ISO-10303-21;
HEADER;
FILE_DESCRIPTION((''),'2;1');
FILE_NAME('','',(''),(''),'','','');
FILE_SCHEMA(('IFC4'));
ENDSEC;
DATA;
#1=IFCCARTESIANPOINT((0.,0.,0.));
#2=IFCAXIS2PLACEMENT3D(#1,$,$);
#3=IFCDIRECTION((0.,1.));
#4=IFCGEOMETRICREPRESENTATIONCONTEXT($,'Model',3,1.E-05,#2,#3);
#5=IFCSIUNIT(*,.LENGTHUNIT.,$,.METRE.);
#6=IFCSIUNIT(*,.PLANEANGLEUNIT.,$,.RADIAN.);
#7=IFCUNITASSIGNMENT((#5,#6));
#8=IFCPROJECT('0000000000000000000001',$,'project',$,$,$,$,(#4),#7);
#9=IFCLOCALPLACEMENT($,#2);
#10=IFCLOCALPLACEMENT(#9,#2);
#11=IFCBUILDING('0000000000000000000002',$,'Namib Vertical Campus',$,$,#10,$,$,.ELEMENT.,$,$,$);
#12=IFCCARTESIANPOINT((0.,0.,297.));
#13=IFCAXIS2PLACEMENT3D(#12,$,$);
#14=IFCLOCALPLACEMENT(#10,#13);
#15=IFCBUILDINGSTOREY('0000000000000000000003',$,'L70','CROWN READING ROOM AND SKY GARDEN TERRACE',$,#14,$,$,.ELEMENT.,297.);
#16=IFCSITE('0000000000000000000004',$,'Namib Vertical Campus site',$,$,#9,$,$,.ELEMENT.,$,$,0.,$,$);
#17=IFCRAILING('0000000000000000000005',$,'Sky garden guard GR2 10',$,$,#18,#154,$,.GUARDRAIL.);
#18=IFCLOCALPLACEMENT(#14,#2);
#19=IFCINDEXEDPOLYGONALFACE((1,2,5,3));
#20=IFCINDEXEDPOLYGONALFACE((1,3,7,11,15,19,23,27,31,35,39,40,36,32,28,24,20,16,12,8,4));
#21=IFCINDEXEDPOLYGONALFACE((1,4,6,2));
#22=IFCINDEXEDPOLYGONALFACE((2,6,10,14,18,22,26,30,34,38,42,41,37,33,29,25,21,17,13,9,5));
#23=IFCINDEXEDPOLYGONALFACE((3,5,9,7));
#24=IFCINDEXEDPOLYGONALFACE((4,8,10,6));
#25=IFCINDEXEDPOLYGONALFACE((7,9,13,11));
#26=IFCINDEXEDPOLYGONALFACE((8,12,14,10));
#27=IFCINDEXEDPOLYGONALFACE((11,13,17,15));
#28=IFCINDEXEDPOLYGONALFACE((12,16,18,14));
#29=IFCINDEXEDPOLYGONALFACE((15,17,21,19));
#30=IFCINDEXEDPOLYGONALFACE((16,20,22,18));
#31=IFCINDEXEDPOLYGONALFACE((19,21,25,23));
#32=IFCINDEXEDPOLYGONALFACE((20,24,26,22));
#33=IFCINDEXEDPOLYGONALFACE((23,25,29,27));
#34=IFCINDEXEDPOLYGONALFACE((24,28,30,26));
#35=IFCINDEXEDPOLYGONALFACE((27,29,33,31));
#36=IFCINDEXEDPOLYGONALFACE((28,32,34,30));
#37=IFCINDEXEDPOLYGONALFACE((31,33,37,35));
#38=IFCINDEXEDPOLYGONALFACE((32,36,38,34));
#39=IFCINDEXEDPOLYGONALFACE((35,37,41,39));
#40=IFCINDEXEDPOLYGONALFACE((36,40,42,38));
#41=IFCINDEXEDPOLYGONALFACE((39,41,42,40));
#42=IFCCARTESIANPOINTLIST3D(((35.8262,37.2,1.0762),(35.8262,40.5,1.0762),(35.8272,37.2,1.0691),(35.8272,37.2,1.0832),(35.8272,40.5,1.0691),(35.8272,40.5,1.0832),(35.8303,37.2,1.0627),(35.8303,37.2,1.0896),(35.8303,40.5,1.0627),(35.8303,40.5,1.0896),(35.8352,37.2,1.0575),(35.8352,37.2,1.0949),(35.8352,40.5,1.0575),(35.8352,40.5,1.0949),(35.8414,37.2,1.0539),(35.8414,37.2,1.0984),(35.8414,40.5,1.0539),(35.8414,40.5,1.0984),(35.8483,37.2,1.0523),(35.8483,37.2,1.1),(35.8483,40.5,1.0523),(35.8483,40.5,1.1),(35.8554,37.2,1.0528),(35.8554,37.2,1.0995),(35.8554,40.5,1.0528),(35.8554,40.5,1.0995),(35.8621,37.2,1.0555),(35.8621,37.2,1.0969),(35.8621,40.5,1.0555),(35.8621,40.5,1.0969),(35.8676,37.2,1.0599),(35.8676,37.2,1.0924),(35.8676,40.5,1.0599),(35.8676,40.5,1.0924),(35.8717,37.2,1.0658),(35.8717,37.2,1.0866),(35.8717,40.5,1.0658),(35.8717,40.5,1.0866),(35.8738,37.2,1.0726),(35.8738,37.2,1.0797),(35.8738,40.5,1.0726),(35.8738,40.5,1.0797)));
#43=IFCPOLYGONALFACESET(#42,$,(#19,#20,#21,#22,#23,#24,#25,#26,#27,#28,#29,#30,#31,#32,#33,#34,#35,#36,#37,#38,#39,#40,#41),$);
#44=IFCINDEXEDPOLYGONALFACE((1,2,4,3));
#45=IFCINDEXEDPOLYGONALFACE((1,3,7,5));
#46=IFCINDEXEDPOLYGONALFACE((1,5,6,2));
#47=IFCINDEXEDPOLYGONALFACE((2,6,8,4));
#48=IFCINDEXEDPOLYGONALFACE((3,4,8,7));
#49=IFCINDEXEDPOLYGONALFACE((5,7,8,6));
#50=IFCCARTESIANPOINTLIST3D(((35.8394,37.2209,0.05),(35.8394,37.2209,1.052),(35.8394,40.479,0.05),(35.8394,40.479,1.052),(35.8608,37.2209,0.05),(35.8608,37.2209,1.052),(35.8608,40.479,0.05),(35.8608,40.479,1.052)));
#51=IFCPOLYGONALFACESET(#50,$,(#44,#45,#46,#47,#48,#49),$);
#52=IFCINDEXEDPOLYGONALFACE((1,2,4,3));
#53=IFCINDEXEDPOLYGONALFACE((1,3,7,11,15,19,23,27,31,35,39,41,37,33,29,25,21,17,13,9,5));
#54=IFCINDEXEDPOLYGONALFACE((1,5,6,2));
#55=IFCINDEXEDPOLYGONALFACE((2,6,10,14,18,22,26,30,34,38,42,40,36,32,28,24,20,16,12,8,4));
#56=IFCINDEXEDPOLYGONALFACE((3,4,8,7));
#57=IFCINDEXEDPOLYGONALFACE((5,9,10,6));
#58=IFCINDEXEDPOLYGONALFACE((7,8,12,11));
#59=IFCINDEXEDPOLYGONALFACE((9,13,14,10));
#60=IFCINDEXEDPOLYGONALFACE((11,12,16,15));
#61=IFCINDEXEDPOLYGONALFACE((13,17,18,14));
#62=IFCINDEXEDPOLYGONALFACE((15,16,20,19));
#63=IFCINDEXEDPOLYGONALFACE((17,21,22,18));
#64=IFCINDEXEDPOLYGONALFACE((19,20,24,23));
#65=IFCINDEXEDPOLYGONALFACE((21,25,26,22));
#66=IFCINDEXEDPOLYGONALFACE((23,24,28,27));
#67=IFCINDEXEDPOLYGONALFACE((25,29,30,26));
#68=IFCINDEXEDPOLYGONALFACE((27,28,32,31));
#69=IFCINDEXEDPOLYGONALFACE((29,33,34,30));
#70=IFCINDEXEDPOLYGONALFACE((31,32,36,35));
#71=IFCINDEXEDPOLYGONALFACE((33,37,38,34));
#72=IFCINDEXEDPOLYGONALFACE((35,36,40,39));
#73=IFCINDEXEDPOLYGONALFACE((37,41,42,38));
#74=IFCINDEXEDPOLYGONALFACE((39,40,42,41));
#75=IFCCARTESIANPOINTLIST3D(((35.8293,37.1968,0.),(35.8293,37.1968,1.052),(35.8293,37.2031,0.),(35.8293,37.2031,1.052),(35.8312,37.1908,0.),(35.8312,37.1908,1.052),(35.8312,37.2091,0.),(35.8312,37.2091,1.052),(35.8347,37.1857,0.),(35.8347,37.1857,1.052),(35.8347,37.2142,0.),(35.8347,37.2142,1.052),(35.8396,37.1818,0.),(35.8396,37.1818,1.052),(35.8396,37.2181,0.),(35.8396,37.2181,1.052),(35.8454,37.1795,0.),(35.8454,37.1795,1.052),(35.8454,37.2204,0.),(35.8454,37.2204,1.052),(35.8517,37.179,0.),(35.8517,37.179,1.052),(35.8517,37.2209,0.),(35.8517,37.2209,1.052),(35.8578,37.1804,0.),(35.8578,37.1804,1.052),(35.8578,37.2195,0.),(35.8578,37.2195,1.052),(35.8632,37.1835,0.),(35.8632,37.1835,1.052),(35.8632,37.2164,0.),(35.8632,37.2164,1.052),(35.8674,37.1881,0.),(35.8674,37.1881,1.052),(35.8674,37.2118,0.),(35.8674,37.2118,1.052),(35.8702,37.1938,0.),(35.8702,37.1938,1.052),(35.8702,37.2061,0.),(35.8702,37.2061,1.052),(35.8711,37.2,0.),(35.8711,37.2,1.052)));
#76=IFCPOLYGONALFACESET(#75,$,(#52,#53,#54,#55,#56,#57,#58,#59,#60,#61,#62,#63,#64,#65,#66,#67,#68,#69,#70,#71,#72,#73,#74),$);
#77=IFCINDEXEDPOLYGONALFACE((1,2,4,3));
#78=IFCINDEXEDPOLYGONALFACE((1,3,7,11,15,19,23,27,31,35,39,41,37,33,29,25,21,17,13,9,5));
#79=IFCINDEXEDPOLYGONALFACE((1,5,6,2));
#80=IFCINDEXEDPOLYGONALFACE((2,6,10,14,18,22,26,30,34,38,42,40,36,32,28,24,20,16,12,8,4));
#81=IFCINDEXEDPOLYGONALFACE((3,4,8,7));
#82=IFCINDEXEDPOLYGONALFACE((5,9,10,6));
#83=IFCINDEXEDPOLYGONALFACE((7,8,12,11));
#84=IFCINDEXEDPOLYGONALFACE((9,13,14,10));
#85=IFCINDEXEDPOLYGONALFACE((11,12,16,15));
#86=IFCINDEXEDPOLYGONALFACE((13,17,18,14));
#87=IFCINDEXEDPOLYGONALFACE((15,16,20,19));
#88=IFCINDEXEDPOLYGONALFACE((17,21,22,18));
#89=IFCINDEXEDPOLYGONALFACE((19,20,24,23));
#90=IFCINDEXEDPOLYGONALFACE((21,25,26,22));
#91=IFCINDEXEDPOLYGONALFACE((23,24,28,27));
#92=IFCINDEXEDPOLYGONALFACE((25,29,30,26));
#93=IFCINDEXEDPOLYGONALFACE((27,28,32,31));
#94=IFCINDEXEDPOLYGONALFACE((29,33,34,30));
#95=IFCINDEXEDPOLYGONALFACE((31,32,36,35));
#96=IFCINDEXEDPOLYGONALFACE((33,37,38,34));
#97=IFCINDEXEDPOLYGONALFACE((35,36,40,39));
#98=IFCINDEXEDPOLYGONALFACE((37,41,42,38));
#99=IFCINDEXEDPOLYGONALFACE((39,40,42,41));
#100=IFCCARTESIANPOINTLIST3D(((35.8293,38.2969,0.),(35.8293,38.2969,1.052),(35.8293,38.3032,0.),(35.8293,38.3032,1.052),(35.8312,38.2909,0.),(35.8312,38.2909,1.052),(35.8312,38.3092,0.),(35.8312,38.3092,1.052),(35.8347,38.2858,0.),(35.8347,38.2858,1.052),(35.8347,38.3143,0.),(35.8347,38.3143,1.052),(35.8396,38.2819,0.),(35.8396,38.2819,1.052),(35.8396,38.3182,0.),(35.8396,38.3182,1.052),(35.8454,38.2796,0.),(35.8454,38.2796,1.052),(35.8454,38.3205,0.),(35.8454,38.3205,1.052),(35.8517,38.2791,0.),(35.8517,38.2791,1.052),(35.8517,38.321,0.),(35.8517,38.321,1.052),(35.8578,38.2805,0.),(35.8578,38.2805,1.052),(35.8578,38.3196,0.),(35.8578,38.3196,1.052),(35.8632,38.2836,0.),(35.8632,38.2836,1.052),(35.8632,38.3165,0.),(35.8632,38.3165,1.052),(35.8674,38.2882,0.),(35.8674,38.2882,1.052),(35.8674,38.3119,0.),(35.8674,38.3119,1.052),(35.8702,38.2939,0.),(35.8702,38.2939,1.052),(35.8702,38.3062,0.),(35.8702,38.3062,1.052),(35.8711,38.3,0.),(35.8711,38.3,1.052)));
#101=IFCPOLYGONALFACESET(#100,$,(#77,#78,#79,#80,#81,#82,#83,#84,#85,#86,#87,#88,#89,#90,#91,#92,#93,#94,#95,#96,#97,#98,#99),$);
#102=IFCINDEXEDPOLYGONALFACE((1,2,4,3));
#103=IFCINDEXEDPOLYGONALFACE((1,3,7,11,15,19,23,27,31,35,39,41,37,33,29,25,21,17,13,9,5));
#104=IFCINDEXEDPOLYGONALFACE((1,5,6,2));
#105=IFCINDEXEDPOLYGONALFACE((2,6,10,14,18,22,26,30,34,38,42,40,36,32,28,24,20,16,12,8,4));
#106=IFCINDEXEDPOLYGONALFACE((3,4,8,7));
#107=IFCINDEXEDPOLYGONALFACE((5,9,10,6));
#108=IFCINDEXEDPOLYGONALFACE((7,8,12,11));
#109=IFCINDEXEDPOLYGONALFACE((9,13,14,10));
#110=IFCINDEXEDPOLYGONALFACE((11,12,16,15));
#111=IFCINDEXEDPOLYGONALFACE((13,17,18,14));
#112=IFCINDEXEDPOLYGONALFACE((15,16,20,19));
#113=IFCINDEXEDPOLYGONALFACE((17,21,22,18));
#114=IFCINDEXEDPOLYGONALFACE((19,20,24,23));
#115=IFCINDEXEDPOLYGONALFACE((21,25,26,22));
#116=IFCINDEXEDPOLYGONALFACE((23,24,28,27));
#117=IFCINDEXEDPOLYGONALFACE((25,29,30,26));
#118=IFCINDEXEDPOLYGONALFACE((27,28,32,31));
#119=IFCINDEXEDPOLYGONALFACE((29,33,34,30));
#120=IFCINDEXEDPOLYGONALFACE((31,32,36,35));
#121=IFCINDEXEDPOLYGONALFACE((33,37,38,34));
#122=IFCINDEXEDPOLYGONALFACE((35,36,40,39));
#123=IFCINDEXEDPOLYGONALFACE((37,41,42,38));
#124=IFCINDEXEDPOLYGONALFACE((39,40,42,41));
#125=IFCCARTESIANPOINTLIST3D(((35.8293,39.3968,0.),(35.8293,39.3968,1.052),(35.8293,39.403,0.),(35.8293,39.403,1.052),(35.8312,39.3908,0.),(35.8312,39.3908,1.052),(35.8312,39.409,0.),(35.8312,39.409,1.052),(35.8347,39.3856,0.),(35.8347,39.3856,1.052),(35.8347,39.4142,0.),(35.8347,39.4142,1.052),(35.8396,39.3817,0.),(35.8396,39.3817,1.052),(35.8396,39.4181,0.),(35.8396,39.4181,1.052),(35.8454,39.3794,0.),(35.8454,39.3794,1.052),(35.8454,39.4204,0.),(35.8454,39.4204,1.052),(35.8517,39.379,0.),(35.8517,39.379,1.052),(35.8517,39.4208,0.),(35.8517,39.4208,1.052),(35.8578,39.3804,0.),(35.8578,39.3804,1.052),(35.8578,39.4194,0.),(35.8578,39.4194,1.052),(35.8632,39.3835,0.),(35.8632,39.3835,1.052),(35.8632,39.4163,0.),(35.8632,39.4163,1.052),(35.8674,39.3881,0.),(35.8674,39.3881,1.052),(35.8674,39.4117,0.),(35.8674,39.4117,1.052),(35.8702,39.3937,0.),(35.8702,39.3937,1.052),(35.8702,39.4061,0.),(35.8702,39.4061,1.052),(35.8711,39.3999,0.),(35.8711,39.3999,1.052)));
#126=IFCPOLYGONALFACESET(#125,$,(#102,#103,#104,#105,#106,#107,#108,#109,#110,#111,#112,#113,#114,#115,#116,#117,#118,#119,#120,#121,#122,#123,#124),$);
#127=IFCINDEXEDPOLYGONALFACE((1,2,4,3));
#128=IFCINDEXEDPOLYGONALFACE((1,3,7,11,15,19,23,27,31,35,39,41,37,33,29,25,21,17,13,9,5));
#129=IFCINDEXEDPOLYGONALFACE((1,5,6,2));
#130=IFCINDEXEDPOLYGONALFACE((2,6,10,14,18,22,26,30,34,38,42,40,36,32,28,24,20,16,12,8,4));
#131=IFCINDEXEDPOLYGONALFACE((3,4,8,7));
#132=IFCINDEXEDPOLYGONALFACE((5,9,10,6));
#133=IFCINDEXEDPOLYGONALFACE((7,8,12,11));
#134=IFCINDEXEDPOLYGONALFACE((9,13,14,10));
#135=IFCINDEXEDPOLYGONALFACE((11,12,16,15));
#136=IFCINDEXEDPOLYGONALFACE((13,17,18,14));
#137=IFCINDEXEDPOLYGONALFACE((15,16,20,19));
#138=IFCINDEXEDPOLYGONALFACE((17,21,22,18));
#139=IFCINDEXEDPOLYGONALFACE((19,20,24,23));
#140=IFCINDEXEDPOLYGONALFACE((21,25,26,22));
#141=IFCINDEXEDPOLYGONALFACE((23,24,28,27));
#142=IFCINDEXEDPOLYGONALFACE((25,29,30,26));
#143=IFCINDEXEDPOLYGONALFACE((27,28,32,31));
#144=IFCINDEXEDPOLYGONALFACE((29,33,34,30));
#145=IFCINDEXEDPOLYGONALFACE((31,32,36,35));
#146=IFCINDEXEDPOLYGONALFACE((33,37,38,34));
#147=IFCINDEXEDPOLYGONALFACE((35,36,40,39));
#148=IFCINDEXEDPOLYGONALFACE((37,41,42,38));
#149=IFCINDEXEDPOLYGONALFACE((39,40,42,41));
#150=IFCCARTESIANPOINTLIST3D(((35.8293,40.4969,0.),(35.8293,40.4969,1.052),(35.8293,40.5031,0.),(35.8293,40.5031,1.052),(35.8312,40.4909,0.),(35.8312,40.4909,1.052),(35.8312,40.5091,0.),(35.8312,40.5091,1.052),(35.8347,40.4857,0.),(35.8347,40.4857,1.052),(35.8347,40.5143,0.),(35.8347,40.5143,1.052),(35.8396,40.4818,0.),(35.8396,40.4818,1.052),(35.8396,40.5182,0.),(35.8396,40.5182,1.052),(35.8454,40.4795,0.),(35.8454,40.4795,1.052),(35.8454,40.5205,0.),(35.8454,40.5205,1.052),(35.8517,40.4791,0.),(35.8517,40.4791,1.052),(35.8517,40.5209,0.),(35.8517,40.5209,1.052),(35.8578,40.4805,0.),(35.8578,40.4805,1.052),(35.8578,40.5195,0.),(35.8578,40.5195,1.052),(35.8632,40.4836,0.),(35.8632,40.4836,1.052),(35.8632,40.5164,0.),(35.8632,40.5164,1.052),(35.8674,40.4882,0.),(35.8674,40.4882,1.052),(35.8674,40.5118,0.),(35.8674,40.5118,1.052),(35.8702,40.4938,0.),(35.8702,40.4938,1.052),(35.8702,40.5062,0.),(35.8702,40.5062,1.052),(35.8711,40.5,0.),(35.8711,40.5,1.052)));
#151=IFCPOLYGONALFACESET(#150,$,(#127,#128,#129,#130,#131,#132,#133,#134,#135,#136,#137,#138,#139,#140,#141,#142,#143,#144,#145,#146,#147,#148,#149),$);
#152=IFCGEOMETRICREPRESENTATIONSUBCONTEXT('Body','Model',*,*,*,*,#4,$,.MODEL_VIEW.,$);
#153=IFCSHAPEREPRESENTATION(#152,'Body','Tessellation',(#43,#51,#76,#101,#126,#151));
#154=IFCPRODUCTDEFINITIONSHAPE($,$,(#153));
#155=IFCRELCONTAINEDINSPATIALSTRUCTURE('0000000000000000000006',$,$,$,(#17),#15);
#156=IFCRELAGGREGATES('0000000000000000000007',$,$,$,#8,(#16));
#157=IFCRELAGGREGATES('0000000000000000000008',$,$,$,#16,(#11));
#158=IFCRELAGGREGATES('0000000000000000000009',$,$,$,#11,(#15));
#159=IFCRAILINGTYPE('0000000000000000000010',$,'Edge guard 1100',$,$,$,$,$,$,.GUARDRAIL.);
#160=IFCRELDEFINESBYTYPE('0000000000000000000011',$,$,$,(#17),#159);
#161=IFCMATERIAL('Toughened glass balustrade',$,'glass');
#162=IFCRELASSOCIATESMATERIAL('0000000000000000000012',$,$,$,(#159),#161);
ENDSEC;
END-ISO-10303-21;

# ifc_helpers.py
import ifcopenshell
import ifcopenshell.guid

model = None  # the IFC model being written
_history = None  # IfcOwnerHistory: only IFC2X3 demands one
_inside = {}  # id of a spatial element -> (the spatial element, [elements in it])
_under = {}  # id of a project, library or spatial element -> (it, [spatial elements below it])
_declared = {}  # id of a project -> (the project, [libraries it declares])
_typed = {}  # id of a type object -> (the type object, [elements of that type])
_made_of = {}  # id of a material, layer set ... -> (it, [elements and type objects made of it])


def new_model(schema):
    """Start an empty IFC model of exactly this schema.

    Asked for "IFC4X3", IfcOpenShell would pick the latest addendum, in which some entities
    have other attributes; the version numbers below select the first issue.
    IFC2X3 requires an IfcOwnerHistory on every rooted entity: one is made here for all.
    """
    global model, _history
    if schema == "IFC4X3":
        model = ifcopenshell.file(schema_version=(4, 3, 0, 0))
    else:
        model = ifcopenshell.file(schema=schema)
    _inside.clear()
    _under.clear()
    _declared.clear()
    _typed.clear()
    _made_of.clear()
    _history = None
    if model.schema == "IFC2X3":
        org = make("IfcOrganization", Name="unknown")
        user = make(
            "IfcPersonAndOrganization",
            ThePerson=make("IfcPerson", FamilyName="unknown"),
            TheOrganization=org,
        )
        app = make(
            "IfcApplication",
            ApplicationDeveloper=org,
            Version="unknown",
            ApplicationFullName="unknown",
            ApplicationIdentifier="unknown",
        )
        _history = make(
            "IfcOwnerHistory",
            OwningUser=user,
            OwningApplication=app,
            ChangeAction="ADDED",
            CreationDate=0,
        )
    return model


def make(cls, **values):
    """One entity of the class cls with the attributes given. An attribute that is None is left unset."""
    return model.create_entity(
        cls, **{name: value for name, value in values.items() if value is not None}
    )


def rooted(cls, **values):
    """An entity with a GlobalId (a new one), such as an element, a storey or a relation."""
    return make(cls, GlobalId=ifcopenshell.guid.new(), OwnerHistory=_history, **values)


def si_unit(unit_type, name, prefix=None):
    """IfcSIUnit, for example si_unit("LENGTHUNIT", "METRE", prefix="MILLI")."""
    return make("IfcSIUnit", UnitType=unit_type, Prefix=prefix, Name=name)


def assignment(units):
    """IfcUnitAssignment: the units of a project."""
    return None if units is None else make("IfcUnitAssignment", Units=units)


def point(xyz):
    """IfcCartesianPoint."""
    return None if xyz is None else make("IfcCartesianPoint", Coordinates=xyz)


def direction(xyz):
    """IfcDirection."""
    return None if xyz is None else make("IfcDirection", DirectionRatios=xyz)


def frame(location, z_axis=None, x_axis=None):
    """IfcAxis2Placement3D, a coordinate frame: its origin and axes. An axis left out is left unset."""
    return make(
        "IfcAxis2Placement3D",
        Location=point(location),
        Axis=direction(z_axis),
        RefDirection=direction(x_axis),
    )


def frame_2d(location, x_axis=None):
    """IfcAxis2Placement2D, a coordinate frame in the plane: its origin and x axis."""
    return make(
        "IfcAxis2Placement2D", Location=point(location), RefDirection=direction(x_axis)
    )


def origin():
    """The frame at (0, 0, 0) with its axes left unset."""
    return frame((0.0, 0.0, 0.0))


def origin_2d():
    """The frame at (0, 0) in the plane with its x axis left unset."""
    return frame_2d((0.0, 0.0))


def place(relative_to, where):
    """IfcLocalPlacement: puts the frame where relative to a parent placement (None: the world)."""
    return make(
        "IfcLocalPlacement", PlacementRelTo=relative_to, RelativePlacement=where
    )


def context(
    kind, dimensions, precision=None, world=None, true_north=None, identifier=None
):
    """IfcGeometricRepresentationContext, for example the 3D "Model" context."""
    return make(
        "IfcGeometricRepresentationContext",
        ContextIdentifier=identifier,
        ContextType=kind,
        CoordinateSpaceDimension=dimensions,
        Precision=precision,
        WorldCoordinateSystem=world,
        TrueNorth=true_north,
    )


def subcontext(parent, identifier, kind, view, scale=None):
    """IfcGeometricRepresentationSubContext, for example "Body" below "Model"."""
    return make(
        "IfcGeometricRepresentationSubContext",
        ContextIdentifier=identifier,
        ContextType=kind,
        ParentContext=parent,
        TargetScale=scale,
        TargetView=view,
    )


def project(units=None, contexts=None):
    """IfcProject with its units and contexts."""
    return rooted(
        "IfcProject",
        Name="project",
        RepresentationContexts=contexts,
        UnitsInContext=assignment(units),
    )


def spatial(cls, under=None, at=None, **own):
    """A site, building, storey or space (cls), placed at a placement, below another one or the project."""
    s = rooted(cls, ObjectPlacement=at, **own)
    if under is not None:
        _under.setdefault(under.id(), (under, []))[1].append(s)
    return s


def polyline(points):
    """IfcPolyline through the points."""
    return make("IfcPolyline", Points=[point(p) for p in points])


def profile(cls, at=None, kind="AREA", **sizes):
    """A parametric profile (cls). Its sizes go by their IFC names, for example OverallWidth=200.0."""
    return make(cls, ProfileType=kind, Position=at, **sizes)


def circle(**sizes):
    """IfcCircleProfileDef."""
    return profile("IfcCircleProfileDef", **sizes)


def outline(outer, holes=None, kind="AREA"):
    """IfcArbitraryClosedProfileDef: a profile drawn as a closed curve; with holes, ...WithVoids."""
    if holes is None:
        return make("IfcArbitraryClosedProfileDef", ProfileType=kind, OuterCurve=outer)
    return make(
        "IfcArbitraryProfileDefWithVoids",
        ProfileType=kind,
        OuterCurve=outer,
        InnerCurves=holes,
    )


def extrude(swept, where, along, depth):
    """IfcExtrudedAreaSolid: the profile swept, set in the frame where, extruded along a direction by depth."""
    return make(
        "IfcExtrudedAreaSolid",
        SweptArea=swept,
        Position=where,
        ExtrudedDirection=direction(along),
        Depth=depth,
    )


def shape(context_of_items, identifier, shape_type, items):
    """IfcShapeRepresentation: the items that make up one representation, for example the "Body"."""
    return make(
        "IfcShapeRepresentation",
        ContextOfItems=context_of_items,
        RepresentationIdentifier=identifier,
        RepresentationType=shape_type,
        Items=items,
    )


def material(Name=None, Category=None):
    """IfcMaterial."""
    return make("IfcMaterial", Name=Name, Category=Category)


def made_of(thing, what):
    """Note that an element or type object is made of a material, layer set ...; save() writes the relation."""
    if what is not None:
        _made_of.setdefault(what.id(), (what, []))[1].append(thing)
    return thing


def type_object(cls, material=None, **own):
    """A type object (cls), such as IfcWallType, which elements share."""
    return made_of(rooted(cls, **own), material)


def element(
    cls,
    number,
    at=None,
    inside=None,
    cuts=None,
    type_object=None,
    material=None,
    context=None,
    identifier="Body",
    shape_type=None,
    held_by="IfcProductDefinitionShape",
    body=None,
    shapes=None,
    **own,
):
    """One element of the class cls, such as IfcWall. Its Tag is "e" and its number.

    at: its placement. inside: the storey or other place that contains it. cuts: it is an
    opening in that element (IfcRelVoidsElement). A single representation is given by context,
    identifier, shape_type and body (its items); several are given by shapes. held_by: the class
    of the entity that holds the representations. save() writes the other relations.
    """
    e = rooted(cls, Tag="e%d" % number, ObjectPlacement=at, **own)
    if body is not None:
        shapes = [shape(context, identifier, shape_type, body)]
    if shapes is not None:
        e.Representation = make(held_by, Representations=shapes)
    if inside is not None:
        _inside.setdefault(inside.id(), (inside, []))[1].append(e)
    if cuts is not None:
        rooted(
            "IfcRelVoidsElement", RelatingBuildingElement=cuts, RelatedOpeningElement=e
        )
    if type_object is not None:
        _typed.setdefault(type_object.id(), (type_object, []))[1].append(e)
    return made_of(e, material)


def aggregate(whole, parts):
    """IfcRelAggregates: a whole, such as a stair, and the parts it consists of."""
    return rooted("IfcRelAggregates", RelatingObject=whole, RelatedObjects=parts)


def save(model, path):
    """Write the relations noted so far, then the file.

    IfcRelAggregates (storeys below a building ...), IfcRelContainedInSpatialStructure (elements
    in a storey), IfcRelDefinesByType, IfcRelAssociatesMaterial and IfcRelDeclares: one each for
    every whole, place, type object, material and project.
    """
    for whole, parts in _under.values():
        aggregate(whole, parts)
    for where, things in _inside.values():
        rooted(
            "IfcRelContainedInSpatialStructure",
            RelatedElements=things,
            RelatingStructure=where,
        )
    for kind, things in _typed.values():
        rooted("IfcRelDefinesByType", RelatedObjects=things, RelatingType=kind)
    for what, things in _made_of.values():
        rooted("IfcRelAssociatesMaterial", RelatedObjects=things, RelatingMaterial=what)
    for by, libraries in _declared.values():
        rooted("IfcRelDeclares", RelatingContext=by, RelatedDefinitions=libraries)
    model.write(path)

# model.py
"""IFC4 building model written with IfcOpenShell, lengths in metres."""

from ifc_helpers import new_model, si_unit, direction, frame, origin, origin_2d, place, context, subcontext, project, spatial, polyline, circle, outline, extrude, material, type_object, element, save


model = new_model("IFC4")

# Units and contexts
model_context = context("Model", 3, precision=1e-05, world=origin(), true_north=direction((0.0, 1.0)))
body_context = subcontext(model_context, "Body", "Model", "MODEL_VIEW")
ifc_project = project(units=[si_unit("LENGTHUNIT", "METRE"), si_unit("PLANEANGLEUNIT", "RADIAN")], contexts=[model_context])

# Site, building, storey
site_placement = place(None, origin())
site = spatial("IfcSite", under=ifc_project, at=site_placement, Name="Namib Vertical Campus site", CompositionType="ELEMENT", RefElevation=0.0)
building_placement = place(site_placement, origin())
building = spatial("IfcBuilding", under=site, at=building_placement, Name="Namib Vertical Campus", CompositionType="ELEMENT")
storey_placement = place(building_placement, frame((0.0, 0.0, 297.0)))
storey = spatial("IfcBuildingStorey", under=building, at=storey_placement, Name="L70", Description="CROWN READING ROOM AND SKY GARDEN TERRACE", CompositionType="ELEMENT", Elevation=297.0)

# Railing
ifc_material_1 = material(Name="Toughened glass balustrade", Category="glass")
railing_type = type_object("IfcRailingType", Name="Edge guard 1100", PredefinedType="GUARDRAIL", material=ifc_material_1)
railing_1_placement = place(storey_placement, frame((35.8501, 37.2, 0.0)))
element("IfcRailing", 1, at=railing_1_placement, inside=storey, type_object=railing_type, Name="Sky garden guard GR2 10", PredefinedType="GUARDRAIL", context=body_context, shape_type="SweptSolid", body=[
    extrude(circle(Radius=0.0239, at=origin_2d()), frame((0.0, 0.0, 1.0762), z_axis=(0.0, 1.0, 0.0), x_axis=(-1.0, 0.0, 0.0)), (0.0, 0.0, 1.0), 3.3),
    extrude(outline(polyline([(0.021, 0.05), (3.2791, 0.05), (3.2791, 1.052), (0.021, 1.052), (0.021, 0.05)])), frame((-0.0107, 0.0, 0.0), z_axis=(1.0, 0.0, 0.0), x_axis=(0.0, 1.0, 0.0)), (0.0, 0.0, 1.0), 0.0215),
    extrude(circle(Radius=0.021, at=origin_2d()), origin(), (0.0, 0.0, 1.0), 1.052),
    extrude(circle(Radius=0.021, at=origin_2d()), frame((0.0, 1.1001, 0.0)), (0.0, 0.0, 1.0), 1.052),
    extrude(circle(Radius=0.021, at=origin_2d()), frame((0.0, 2.2, 0.0)), (0.0, 0.0, 1.0), 1.052),
    extrude(circle(Radius=0.021, at=origin_2d()), frame((0.0, 3.3, 0.0)), (0.0, 0.0, 1.0), 1.052),
])

save(model, "model.ifc")
